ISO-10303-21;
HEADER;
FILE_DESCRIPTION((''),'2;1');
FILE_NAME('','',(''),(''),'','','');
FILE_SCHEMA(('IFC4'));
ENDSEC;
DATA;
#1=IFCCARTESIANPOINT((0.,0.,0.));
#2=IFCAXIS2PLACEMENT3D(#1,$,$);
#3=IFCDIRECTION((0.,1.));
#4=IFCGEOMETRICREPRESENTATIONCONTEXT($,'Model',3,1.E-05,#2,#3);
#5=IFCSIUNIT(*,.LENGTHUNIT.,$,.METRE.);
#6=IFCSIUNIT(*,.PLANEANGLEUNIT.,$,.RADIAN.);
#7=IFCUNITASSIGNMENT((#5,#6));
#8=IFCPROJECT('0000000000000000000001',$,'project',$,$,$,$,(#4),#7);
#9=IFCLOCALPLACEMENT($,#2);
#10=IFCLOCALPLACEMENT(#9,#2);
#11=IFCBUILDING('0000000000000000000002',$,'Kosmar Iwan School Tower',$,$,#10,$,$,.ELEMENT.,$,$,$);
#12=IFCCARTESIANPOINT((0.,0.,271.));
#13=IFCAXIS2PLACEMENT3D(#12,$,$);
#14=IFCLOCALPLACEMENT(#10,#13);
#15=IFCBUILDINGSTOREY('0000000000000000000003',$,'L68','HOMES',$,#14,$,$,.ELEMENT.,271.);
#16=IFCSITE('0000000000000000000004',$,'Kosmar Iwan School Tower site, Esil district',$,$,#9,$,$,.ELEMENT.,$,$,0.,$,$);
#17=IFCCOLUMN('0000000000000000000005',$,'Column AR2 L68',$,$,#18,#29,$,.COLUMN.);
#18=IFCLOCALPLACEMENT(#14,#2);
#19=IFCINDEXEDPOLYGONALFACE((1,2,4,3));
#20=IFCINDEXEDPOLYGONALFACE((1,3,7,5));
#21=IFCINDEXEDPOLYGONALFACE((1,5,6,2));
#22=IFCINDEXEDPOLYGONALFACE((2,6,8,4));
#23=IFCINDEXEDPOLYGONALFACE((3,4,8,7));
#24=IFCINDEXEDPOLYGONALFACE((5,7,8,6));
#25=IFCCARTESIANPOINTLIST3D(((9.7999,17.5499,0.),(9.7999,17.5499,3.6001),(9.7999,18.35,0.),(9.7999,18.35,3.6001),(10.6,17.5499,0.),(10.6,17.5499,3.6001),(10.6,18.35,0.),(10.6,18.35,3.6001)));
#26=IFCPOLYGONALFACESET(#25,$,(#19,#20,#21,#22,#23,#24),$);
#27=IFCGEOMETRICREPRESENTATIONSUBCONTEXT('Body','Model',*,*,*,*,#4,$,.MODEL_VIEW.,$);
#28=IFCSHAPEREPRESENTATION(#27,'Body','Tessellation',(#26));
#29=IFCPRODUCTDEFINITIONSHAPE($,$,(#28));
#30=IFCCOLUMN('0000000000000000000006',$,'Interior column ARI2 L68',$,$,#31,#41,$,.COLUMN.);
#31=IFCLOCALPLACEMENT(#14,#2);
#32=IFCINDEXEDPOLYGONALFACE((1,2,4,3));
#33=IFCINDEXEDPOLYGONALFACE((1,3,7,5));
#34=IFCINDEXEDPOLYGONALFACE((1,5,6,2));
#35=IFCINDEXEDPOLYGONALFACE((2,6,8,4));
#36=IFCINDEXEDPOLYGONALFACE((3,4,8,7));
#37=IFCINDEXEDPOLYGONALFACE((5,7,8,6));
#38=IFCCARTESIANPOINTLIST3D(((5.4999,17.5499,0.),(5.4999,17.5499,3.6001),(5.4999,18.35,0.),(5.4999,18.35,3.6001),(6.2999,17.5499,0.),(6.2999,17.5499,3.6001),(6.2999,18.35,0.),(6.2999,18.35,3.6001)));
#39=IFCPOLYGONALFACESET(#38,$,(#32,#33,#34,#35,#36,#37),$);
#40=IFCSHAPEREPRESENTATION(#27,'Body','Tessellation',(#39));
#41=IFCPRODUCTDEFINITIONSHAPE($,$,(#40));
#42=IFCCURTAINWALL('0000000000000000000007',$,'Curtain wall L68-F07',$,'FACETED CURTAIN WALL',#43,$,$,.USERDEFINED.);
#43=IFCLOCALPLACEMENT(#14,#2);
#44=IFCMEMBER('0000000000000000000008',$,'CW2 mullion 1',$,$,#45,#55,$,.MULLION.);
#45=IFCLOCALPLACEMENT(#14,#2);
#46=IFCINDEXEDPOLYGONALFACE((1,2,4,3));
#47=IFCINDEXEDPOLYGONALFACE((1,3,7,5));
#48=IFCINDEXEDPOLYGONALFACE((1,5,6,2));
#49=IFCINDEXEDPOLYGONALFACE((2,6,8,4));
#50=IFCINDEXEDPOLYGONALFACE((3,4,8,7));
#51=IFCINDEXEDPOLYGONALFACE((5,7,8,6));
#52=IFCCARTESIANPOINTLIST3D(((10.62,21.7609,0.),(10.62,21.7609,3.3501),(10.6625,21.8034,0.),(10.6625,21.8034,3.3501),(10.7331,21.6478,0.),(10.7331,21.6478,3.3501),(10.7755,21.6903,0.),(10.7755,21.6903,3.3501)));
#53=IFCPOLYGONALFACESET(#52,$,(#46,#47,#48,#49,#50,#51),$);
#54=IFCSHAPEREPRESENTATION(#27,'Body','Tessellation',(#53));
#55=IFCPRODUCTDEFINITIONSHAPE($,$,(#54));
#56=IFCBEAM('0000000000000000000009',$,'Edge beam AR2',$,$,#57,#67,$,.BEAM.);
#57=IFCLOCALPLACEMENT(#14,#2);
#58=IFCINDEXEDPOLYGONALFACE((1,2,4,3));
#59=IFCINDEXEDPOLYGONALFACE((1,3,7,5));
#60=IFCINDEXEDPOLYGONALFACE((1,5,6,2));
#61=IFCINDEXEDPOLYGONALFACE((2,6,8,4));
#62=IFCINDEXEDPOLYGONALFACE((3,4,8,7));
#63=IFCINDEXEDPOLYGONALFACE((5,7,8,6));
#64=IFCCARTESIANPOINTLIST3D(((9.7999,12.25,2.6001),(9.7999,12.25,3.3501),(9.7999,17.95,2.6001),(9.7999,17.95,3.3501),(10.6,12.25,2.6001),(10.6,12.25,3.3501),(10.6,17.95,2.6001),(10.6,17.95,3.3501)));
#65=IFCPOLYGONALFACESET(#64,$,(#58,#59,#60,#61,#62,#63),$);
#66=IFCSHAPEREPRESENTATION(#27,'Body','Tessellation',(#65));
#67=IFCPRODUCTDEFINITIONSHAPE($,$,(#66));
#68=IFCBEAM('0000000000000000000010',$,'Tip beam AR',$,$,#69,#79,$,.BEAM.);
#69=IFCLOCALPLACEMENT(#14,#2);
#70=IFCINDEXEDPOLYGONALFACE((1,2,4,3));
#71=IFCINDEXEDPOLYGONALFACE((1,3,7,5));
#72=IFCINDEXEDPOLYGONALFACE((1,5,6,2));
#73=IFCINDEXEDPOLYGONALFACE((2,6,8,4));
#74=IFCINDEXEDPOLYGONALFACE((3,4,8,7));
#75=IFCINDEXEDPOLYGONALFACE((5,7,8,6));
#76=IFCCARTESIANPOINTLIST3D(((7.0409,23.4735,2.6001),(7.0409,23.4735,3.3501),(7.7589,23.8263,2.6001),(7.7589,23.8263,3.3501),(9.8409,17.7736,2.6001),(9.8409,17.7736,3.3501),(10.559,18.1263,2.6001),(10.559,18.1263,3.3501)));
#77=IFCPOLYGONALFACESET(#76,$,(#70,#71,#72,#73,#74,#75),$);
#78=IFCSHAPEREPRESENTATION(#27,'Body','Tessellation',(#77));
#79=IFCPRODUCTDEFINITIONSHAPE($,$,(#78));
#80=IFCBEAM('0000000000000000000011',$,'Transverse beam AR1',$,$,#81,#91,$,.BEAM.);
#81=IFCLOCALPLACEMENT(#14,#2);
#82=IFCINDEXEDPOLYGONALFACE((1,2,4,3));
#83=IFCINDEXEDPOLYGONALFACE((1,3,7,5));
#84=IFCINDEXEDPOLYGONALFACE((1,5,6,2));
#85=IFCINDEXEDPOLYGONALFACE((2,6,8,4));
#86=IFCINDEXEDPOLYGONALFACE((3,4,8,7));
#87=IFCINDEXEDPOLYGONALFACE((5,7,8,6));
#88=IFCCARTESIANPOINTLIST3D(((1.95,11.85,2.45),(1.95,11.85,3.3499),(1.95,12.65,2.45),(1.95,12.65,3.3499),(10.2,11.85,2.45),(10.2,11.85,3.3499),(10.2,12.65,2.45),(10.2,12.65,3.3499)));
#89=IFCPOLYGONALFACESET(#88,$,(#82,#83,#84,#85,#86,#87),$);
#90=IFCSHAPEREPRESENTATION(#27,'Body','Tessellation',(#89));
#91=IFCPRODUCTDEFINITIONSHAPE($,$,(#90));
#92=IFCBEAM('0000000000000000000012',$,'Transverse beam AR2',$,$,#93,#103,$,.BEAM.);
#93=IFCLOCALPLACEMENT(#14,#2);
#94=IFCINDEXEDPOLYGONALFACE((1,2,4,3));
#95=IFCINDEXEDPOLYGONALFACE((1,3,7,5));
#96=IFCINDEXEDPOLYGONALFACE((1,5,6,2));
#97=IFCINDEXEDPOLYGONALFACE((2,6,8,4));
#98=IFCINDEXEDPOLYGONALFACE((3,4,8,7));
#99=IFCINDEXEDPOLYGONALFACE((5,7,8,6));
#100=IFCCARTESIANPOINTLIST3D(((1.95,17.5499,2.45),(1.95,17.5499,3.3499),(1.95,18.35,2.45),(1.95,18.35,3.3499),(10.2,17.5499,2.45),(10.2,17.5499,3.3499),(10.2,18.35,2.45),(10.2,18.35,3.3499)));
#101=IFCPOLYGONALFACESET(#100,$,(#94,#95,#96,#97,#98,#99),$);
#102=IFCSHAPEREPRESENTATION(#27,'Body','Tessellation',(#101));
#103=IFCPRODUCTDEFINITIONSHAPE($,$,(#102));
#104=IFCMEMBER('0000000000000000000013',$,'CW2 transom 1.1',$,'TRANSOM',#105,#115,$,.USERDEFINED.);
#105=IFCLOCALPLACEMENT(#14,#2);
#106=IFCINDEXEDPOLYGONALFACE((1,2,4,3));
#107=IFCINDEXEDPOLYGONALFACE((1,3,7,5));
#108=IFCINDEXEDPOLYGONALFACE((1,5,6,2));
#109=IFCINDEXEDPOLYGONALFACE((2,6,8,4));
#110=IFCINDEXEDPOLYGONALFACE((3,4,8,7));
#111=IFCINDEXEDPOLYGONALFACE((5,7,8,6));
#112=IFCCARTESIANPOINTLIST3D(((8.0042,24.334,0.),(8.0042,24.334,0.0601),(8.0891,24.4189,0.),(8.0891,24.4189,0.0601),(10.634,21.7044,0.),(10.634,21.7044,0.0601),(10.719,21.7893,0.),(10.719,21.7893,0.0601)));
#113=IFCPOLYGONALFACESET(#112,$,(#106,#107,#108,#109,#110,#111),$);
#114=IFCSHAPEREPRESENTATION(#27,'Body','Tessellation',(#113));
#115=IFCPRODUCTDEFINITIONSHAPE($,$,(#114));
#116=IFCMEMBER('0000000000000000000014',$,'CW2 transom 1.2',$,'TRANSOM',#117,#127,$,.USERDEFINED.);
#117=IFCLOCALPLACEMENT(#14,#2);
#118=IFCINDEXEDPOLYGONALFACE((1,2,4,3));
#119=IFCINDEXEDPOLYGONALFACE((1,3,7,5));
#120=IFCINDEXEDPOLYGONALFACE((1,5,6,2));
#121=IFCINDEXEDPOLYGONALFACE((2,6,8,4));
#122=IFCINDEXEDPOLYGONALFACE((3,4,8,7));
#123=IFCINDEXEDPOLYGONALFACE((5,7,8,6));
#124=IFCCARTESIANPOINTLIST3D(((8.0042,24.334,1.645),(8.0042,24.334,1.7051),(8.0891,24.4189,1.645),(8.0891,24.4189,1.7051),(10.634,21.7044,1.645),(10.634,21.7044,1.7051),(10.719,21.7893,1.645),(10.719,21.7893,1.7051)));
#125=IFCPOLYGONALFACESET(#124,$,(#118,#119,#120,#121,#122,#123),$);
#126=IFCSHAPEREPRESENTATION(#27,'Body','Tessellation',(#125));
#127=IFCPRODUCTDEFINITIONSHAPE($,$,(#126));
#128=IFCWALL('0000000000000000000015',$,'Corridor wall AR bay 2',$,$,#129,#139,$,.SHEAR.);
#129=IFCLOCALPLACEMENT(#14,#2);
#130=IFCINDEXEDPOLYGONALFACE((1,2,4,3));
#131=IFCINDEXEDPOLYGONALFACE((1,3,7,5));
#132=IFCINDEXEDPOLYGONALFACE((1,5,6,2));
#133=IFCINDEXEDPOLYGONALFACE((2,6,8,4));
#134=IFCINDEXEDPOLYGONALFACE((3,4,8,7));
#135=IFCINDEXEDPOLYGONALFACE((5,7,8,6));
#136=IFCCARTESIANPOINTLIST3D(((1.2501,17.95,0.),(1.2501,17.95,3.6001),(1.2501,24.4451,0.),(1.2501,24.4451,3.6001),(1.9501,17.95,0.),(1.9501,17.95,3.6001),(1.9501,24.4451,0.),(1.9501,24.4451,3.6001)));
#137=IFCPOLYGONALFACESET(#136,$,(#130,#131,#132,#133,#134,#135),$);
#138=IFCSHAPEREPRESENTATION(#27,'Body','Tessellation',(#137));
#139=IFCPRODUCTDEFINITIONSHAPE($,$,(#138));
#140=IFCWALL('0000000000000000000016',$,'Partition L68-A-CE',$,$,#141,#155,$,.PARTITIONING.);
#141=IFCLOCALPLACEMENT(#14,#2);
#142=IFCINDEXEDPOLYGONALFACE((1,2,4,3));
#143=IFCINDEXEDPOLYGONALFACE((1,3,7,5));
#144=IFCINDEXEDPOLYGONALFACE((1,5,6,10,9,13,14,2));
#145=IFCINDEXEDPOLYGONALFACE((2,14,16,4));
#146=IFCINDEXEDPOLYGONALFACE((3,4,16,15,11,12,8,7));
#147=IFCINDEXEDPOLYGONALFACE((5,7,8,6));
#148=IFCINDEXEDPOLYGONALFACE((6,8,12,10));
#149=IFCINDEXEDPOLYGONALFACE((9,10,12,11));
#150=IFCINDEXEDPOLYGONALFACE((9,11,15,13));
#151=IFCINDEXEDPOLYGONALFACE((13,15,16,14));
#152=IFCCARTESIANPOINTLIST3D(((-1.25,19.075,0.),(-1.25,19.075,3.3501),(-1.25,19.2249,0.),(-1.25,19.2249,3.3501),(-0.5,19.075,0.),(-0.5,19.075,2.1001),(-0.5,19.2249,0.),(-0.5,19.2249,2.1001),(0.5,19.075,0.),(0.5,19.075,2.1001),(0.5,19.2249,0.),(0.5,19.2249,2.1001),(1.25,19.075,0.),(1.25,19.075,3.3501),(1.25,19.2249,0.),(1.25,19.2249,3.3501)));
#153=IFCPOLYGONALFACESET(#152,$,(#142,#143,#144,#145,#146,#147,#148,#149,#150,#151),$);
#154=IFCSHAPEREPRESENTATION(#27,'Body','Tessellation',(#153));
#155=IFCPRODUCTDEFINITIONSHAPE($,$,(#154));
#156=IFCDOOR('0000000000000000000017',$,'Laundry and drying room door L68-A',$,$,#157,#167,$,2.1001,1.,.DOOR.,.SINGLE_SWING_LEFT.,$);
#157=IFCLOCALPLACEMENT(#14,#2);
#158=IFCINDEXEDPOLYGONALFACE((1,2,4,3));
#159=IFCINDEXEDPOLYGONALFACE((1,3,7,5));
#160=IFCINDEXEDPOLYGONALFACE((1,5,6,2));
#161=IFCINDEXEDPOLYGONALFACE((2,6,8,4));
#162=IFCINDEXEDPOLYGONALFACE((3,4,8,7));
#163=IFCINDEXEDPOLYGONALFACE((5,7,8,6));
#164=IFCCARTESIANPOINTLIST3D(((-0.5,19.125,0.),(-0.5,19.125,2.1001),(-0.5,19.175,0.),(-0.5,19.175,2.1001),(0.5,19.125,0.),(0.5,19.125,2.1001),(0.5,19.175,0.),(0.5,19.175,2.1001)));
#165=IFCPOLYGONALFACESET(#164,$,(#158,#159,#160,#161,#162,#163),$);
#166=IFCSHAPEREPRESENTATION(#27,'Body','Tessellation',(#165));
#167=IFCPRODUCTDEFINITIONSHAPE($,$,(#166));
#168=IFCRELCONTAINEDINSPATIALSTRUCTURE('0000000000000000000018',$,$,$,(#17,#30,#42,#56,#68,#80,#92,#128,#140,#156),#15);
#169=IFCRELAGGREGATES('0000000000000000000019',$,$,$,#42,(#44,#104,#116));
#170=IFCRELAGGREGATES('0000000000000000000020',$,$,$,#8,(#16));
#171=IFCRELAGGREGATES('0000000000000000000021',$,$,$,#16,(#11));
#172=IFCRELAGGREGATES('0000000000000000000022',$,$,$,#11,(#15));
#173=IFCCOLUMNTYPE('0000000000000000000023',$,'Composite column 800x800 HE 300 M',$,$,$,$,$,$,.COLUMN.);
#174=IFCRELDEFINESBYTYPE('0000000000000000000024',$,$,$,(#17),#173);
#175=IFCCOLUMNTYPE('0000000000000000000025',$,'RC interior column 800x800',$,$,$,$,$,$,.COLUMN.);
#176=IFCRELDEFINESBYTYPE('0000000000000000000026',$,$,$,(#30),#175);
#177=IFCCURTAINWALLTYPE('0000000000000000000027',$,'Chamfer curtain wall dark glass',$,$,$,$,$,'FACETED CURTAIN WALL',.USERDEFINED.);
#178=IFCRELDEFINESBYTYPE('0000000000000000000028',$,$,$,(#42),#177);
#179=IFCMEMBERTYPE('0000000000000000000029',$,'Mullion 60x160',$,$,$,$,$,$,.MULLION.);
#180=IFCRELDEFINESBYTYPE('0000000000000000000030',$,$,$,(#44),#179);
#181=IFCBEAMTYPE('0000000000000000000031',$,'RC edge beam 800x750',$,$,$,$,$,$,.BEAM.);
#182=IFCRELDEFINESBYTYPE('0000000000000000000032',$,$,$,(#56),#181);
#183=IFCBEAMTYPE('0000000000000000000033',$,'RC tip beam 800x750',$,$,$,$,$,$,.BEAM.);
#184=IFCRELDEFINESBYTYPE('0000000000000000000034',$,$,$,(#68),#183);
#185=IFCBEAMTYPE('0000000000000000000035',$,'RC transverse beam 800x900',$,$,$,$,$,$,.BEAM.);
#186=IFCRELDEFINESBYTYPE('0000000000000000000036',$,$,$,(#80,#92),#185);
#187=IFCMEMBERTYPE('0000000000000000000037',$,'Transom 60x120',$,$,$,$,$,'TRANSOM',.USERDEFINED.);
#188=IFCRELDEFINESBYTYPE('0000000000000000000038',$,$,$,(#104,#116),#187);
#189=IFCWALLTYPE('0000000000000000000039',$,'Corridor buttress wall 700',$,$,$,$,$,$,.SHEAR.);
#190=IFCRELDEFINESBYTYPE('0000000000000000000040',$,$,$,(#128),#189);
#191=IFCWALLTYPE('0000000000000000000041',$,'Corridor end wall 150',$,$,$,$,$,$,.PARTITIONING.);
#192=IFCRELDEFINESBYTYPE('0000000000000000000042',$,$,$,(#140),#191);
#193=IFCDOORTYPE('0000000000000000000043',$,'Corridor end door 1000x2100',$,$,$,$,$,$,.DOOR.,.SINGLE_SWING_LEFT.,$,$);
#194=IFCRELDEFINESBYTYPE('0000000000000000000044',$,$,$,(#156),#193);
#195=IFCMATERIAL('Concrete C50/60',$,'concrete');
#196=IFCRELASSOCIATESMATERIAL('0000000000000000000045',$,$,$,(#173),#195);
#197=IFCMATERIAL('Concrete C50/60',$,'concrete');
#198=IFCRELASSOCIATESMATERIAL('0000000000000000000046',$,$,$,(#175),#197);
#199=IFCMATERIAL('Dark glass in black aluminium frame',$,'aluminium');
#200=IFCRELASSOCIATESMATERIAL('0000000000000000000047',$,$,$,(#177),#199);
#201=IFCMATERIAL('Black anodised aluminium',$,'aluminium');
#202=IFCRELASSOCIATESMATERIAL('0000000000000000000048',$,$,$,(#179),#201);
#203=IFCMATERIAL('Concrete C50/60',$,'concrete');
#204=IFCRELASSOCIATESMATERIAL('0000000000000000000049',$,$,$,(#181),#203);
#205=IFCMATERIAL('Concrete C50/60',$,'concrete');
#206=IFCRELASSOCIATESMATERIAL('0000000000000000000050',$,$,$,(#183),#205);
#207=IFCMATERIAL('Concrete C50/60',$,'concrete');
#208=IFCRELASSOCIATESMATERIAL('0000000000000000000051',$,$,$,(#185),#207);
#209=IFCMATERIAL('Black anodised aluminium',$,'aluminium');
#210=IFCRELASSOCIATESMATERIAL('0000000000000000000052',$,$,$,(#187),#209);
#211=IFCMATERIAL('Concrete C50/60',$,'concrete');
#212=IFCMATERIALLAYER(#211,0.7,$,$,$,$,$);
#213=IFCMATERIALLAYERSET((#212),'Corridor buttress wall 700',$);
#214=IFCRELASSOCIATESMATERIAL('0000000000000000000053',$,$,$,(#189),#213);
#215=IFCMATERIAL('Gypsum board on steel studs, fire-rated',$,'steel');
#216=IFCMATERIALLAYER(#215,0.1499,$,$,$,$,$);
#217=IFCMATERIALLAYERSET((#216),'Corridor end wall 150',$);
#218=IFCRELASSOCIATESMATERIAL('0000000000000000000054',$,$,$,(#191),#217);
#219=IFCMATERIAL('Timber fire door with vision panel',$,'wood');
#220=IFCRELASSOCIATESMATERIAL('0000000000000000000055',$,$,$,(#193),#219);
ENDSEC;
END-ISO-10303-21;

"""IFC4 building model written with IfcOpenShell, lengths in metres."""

from ifc_helpers import new_model, si_unit, direction, frame, frame_2d, origin, origin_2d, place, context, subcontext, project, spatial, rectangle, extrude, material, layer, layer_set, material_profile, profile_set, type_object, element, fill, aggregate, save


model = new_model("IFC4")

# Units and contexts
model_context = context("Model", 3, precision=1e-05, world=origin(), true_north=direction((0.0, 1.0)))
body_context = subcontext(model_context, "Body", "Model", "MODEL_VIEW")
ifc_project = project(units=[si_unit("LENGTHUNIT", "METRE"), si_unit("PLANEANGLEUNIT", "RADIAN")], contexts=[model_context])

# Site, building, storey
site_placement = place(None, origin())
site = spatial("IfcSite", under=ifc_project, at=site_placement, Name="Kosmar Iwan School Tower site, Esil district", CompositionType="ELEMENT", RefElevation=0.0)
building_placement = place(site_placement, origin())
building = spatial("IfcBuilding", under=site, at=building_placement, Name="Kosmar Iwan School Tower", CompositionType="ELEMENT")
storey_placement = place(building_placement, frame((0.0, 0.0, 271.0)))
storey = spatial("IfcBuildingStorey", under=building, at=storey_placement, Name="L68", Description="HOMES", CompositionType="ELEMENT", Elevation=271.0)

# Columns
ifc_material_1 = material(Name="Concrete C50/60", Category="concrete")
ifc_material_profile_1 = material_profile(ifc_material_1, rectangle(XDim=0.8, YDim=0.8, at=origin_2d()), Name="RC 800x800 + HE 300 M")
ifc_profile_set_1 = profile_set([ifc_material_profile_1], Name="Concrete C50/60")
column_type_1 = type_object("IfcColumnType", Name="Composite column 800x800 HE 300 M", PredefinedType="COLUMN", material=ifc_profile_set_1)
column_1_placement = place(storey_placement, frame((10.2, 17.95, 0.0), z_axis=(0.0, 0.0, 1.0), x_axis=(0.0, 1.0, 0.0)))
element("IfcColumn", 1, at=column_1_placement, inside=storey, type_object=column_type_1, Name="Column AR2 L68", PredefinedType="COLUMN", context=body_context, shape_type="SweptSolid", body=[
    extrude(rectangle(XDim=0.8, YDim=0.8, at=origin_2d()), origin(), (0.0, 0.0, 1.0), 3.6001),
])
ifc_material_2 = material(Name="Concrete C50/60", Category="concrete")
ifc_material_profile_2 = material_profile(ifc_material_2, rectangle(XDim=0.8, YDim=0.8, at=origin_2d()), Name="RC 800x800")
ifc_profile_set_2 = profile_set([ifc_material_profile_2], Name="Concrete C50/60")
column_type_2 = type_object("IfcColumnType", Name="RC interior column 800x800", PredefinedType="COLUMN", material=ifc_profile_set_2)
column_2_placement = place(storey_placement, frame((5.8999, 17.95, 0.0), z_axis=(0.0, 0.0, 1.0), x_axis=(0.0, 1.0, 0.0)))
element("IfcColumn", 2, at=column_2_placement, inside=storey, type_object=column_type_2, Name="Interior column ARI2 L68", PredefinedType="COLUMN", context=body_context, shape_type="SweptSolid", body=[
    extrude(rectangle(XDim=0.8, YDim=0.8, at=origin_2d()), origin(), (0.0, 0.0, 1.0), 3.6001),
])

# Curtain wall, member
ifc_material_3 = material(Name="Dark glass in black aluminium frame", Category="aluminium")
curtain_wall_type = type_object("IfcCurtainWallType", Name="Chamfer curtain wall dark glass", ElementType="FACETED CURTAIN WALL", PredefinedType="USERDEFINED", material=ifc_material_3)
curtain_wall_placement = place(storey_placement, origin())
curtain_wall = element("IfcCurtainWall", 3, at=curtain_wall_placement, inside=storey, type_object=curtain_wall_type, Name="Curtain wall L68-F07", ObjectType="FACETED CURTAIN WALL", PredefinedType="USERDEFINED")
ifc_material_4 = material(Name="Black anodised aluminium", Category="aluminium")
ifc_material_profile_3 = material_profile(ifc_material_4, rectangle(XDim=0.0601, YDim=0.1599, at=origin_2d()), Name="MULLION 60x160")
ifc_profile_set_3 = profile_set([ifc_material_profile_3], Name="Black anodised aluminium")
member_type_1 = type_object("IfcMemberType", Name="Mullion 60x160", PredefinedType="MULLION", material=ifc_profile_set_3)
member_1_placement = place(storey_placement, frame((10.6978, 21.7256, 0.0), z_axis=(0.0, 0.0, 1.0), x_axis=(-0.707107, -0.707107, 0.0)))
member_1 = element("IfcMember", 4, at=member_1_placement, type_object=member_type_1, Name="CW2 mullion 1", PredefinedType="MULLION", context=body_context, shape_type="SweptSolid", body=[
    extrude(rectangle(XDim=0.0601, YDim=0.1599, at=origin_2d()), origin(), (0.0, 0.0, 1.0), 3.3501),
])

# Beams
ifc_material_5 = material(Name="Concrete C50/60", Category="concrete")
ifc_material_profile_4 = material_profile(ifc_material_5, rectangle(XDim=0.8, YDim=0.75, at=origin_2d()), Name="RC 800x750")
ifc_profile_set_4 = profile_set([ifc_material_profile_4], Name="Concrete C50/60")
beam_type_1 = type_object("IfcBeamType", Name="RC edge beam 800x750", PredefinedType="BEAM", material=ifc_profile_set_4)
beam_1_placement = place(storey_placement, frame((10.2, 12.25, 2.9751), z_axis=(0.0, 1.0, 0.0), x_axis=(-1.0, 0.0, 0.0)))
element("IfcBeam", 5, at=beam_1_placement, inside=storey, type_object=beam_type_1, Name="Edge beam AR2", PredefinedType="BEAM", context=body_context, shape_type="SweptSolid", body=[
    extrude(rectangle(XDim=0.8, YDim=0.75, at=origin_2d()), origin(), (0.0, 0.0, 1.0), 5.7),
])
ifc_material_6 = material(Name="Concrete C50/60", Category="concrete")
ifc_material_profile_5 = material_profile(ifc_material_6, rectangle(XDim=0.8, YDim=0.75, at=origin_2d()), Name="RC 800x750")
ifc_profile_set_5 = profile_set([ifc_material_profile_5], Name="Concrete C50/60")
beam_type_2 = type_object("IfcBeamType", Name="RC tip beam 800x750", PredefinedType="BEAM", material=ifc_profile_set_5)
beam_2_placement = place(storey_placement, frame((10.2, 17.95, 2.9751), z_axis=(-0.440913, 0.89755, 0.0), x_axis=(-0.89755, -0.440913, 0.0)))
element("IfcBeam", 6, at=beam_2_placement, inside=storey, type_object=beam_type_2, Name="Tip beam AR", PredefinedType="BEAM", context=body_context, shape_type="SweptSolid", body=[
    extrude(rectangle(XDim=0.8, YDim=0.75, at=origin_2d()), origin(), (0.0, 0.0, 1.0), 6.3506),
])
ifc_material_7 = material(Name="Concrete C50/60", Category="concrete")
ifc_material_profile_6 = material_profile(ifc_material_7, rectangle(XDim=0.8, YDim=0.8999, at=origin_2d()), Name="RC 800x900")
ifc_profile_set_6 = profile_set([ifc_material_profile_6], Name="Concrete C50/60")
beam_type_3 = type_object("IfcBeamType", Name="RC transverse beam 800x900", PredefinedType="BEAM", material=ifc_profile_set_6)
for number, where, z_axis, x_axis, name in (
    (7, (10.2, 12.25, 2.8999), (-1.0, 0.0, 0.0), (0.0, -1.0, 0.0), "Transverse beam AR1"),
    (8, (10.2, 17.95, 2.8999), (-1.0, 0.0, 0.0), (0.0, -1.0, 0.0), "Transverse beam AR2"),
):
    element("IfcBeam", number, at=place(storey_placement, frame(where, z_axis=z_axis, x_axis=x_axis)), inside=storey, type_object=beam_type_3, Name=name, PredefinedType="BEAM", context=body_context, shape_type="SweptSolid", body=[
        extrude(rectangle(XDim=0.8, YDim=0.8999, at=origin_2d()), origin(), (0.0, 0.0, 1.0), 8.25),
    ])

# Members
ifc_material_8 = material(Name="Black anodised aluminium", Category="aluminium")
ifc_material_profile_7 = material_profile(ifc_material_8, rectangle(XDim=0.1201, YDim=0.0601, at=origin_2d()), Name="TRANSOM 60x120")
ifc_profile_set_7 = profile_set([ifc_material_profile_7], Name="Black anodised aluminium")
member_type_2 = type_object("IfcMemberType", Name="Transom 60x120", ElementType="TRANSOM", PredefinedType="USERDEFINED", material=ifc_profile_set_7)
member_2_placement = place(storey_placement, frame((10.6765, 21.7468, 0.03), z_axis=(-0.70714, 0.707074, 0.0), x_axis=(-0.707074, -0.70714, 0.0)))
member_2 = element("IfcMember", 9, at=member_2_placement, type_object=member_type_2, Name="CW2 transom 1.1", ObjectType="TRANSOM", PredefinedType="USERDEFINED", context=body_context, shape_type="SweptSolid", body=[
    extrude(rectangle(XDim=0.1201, YDim=0.0601, at=origin_2d()), origin(), (0.0, 0.0, 1.0), 3.719),
])
member_3_placement = place(storey_placement, frame((10.6765, 21.7468, 1.675), z_axis=(-0.70714, 0.707074, 0.0), x_axis=(-0.707074, -0.70714, 0.0)))
member_3 = element("IfcMember", 10, at=member_3_placement, type_object=member_type_2, Name="CW2 transom 1.2", ObjectType="TRANSOM", PredefinedType="USERDEFINED", context=body_context, shape_type="SweptSolid", body=[
    extrude(rectangle(XDim=0.1201, YDim=0.0601, at=origin_2d()), origin(), (0.0, 0.0, 1.0), 3.719),
])
aggregate(curtain_wall, [member_1, member_2, member_3])

# Wall
ifc_material_9 = material(Name="Concrete C50/60", Category="concrete")
ifc_layer_1 = layer(ifc_material_9, 0.7)
ifc_layer_set_1 = layer_set([ifc_layer_1], Name="Corridor buttress wall 700")
wall_type_1 = type_object("IfcWallType", Name="Corridor buttress wall 700", PredefinedType="SHEAR", material=ifc_layer_set_1)
wall_1_placement = place(storey_placement, frame((1.6001, 17.95, 0.0), z_axis=(0.0, 0.0, 1.0), x_axis=(0.0, 1.0, 0.0)))
element("IfcWall", 11, at=wall_1_placement, inside=storey, type_object=wall_type_1, Name="Corridor wall AR bay 2", PredefinedType="SHEAR", context=body_context, shape_type="SweptSolid", body=[
    extrude(rectangle(XDim=6.4951, YDim=0.7, at=frame_2d((3.2476, 0.0))), origin(), (0.0, 0.0, 1.0), 3.6001),
])

# Wall, opening, door
ifc_material_10 = material(Name="Gypsum board on steel studs, fire-rated", Category="steel")
ifc_layer_2 = layer(ifc_material_10, 0.1499)
ifc_layer_set_2 = layer_set([ifc_layer_2], Name="Corridor end wall 150")
wall_type_2 = type_object("IfcWallType", Name="Corridor end wall 150", PredefinedType="PARTITIONING", material=ifc_layer_set_2)
wall_2_placement = place(storey_placement, frame((1.25, 19.1499, 0.0), z_axis=(0.0, 0.0, 1.0), x_axis=(-1.0, 0.0, 0.0)))
wall_2 = element("IfcWall", 12, at=wall_2_placement, inside=storey, type_object=wall_type_2, Name="Partition L68-A-CE", PredefinedType="PARTITIONING", context=body_context, shape_type="SweptSolid", body=[
    extrude(rectangle(XDim=2.5, YDim=0.1499, at=frame_2d((1.25, 0.0))), origin(), (0.0, 0.0, 1.0), 3.3501),
])
opening_1_placement = place(wall_2_placement, frame((0.75, 0.0, 0.0)))
opening_1 = element("IfcOpeningElement", 13, at=opening_1_placement, cuts=wall_2, PredefinedType="OPENING", context=body_context, shape_type="SweptSolid", body=[
    extrude(rectangle(XDim=1.0, YDim=2.1001, at=frame_2d((0.5, 1.05))), frame((0.0, 0.0869, 0.0), z_axis=(0.0, -1.0, 0.0), x_axis=(1.0, 0.0, 0.0)), (0.0, 0.0, 1.0), 0.1738),
])
ifc_material_11 = material(Name="Timber fire door with vision panel", Category="wood")
door_type = type_object("IfcDoorType", Name="Corridor end door 1000x2100", OperationType="SINGLE_SWING_LEFT", PredefinedType="DOOR", material=ifc_material_11)
door_1_placement = place(opening_1_placement, origin())
door_1 = element("IfcDoor", 14, at=door_1_placement, inside=storey, type_object=door_type, Name="Laundry and drying room door L68-A", OperationType="SINGLE_SWING_LEFT", OverallHeight=2.1001, OverallWidth=1.0, PredefinedType="DOOR", context=body_context, shape_type="SweptSolid", body=[
    extrude(rectangle(XDim=1.0, YDim=2.1001, at=frame_2d((0.5, 1.05))), frame((0.0, 0.0249, 0.0), z_axis=(0.0, -1.0, 0.0), x_axis=(1.0, 0.0, 0.0)), (0.0, 0.0, 1.0), 0.05),
])
fill(opening_1, door_1)

save(model, "model.ifc")
